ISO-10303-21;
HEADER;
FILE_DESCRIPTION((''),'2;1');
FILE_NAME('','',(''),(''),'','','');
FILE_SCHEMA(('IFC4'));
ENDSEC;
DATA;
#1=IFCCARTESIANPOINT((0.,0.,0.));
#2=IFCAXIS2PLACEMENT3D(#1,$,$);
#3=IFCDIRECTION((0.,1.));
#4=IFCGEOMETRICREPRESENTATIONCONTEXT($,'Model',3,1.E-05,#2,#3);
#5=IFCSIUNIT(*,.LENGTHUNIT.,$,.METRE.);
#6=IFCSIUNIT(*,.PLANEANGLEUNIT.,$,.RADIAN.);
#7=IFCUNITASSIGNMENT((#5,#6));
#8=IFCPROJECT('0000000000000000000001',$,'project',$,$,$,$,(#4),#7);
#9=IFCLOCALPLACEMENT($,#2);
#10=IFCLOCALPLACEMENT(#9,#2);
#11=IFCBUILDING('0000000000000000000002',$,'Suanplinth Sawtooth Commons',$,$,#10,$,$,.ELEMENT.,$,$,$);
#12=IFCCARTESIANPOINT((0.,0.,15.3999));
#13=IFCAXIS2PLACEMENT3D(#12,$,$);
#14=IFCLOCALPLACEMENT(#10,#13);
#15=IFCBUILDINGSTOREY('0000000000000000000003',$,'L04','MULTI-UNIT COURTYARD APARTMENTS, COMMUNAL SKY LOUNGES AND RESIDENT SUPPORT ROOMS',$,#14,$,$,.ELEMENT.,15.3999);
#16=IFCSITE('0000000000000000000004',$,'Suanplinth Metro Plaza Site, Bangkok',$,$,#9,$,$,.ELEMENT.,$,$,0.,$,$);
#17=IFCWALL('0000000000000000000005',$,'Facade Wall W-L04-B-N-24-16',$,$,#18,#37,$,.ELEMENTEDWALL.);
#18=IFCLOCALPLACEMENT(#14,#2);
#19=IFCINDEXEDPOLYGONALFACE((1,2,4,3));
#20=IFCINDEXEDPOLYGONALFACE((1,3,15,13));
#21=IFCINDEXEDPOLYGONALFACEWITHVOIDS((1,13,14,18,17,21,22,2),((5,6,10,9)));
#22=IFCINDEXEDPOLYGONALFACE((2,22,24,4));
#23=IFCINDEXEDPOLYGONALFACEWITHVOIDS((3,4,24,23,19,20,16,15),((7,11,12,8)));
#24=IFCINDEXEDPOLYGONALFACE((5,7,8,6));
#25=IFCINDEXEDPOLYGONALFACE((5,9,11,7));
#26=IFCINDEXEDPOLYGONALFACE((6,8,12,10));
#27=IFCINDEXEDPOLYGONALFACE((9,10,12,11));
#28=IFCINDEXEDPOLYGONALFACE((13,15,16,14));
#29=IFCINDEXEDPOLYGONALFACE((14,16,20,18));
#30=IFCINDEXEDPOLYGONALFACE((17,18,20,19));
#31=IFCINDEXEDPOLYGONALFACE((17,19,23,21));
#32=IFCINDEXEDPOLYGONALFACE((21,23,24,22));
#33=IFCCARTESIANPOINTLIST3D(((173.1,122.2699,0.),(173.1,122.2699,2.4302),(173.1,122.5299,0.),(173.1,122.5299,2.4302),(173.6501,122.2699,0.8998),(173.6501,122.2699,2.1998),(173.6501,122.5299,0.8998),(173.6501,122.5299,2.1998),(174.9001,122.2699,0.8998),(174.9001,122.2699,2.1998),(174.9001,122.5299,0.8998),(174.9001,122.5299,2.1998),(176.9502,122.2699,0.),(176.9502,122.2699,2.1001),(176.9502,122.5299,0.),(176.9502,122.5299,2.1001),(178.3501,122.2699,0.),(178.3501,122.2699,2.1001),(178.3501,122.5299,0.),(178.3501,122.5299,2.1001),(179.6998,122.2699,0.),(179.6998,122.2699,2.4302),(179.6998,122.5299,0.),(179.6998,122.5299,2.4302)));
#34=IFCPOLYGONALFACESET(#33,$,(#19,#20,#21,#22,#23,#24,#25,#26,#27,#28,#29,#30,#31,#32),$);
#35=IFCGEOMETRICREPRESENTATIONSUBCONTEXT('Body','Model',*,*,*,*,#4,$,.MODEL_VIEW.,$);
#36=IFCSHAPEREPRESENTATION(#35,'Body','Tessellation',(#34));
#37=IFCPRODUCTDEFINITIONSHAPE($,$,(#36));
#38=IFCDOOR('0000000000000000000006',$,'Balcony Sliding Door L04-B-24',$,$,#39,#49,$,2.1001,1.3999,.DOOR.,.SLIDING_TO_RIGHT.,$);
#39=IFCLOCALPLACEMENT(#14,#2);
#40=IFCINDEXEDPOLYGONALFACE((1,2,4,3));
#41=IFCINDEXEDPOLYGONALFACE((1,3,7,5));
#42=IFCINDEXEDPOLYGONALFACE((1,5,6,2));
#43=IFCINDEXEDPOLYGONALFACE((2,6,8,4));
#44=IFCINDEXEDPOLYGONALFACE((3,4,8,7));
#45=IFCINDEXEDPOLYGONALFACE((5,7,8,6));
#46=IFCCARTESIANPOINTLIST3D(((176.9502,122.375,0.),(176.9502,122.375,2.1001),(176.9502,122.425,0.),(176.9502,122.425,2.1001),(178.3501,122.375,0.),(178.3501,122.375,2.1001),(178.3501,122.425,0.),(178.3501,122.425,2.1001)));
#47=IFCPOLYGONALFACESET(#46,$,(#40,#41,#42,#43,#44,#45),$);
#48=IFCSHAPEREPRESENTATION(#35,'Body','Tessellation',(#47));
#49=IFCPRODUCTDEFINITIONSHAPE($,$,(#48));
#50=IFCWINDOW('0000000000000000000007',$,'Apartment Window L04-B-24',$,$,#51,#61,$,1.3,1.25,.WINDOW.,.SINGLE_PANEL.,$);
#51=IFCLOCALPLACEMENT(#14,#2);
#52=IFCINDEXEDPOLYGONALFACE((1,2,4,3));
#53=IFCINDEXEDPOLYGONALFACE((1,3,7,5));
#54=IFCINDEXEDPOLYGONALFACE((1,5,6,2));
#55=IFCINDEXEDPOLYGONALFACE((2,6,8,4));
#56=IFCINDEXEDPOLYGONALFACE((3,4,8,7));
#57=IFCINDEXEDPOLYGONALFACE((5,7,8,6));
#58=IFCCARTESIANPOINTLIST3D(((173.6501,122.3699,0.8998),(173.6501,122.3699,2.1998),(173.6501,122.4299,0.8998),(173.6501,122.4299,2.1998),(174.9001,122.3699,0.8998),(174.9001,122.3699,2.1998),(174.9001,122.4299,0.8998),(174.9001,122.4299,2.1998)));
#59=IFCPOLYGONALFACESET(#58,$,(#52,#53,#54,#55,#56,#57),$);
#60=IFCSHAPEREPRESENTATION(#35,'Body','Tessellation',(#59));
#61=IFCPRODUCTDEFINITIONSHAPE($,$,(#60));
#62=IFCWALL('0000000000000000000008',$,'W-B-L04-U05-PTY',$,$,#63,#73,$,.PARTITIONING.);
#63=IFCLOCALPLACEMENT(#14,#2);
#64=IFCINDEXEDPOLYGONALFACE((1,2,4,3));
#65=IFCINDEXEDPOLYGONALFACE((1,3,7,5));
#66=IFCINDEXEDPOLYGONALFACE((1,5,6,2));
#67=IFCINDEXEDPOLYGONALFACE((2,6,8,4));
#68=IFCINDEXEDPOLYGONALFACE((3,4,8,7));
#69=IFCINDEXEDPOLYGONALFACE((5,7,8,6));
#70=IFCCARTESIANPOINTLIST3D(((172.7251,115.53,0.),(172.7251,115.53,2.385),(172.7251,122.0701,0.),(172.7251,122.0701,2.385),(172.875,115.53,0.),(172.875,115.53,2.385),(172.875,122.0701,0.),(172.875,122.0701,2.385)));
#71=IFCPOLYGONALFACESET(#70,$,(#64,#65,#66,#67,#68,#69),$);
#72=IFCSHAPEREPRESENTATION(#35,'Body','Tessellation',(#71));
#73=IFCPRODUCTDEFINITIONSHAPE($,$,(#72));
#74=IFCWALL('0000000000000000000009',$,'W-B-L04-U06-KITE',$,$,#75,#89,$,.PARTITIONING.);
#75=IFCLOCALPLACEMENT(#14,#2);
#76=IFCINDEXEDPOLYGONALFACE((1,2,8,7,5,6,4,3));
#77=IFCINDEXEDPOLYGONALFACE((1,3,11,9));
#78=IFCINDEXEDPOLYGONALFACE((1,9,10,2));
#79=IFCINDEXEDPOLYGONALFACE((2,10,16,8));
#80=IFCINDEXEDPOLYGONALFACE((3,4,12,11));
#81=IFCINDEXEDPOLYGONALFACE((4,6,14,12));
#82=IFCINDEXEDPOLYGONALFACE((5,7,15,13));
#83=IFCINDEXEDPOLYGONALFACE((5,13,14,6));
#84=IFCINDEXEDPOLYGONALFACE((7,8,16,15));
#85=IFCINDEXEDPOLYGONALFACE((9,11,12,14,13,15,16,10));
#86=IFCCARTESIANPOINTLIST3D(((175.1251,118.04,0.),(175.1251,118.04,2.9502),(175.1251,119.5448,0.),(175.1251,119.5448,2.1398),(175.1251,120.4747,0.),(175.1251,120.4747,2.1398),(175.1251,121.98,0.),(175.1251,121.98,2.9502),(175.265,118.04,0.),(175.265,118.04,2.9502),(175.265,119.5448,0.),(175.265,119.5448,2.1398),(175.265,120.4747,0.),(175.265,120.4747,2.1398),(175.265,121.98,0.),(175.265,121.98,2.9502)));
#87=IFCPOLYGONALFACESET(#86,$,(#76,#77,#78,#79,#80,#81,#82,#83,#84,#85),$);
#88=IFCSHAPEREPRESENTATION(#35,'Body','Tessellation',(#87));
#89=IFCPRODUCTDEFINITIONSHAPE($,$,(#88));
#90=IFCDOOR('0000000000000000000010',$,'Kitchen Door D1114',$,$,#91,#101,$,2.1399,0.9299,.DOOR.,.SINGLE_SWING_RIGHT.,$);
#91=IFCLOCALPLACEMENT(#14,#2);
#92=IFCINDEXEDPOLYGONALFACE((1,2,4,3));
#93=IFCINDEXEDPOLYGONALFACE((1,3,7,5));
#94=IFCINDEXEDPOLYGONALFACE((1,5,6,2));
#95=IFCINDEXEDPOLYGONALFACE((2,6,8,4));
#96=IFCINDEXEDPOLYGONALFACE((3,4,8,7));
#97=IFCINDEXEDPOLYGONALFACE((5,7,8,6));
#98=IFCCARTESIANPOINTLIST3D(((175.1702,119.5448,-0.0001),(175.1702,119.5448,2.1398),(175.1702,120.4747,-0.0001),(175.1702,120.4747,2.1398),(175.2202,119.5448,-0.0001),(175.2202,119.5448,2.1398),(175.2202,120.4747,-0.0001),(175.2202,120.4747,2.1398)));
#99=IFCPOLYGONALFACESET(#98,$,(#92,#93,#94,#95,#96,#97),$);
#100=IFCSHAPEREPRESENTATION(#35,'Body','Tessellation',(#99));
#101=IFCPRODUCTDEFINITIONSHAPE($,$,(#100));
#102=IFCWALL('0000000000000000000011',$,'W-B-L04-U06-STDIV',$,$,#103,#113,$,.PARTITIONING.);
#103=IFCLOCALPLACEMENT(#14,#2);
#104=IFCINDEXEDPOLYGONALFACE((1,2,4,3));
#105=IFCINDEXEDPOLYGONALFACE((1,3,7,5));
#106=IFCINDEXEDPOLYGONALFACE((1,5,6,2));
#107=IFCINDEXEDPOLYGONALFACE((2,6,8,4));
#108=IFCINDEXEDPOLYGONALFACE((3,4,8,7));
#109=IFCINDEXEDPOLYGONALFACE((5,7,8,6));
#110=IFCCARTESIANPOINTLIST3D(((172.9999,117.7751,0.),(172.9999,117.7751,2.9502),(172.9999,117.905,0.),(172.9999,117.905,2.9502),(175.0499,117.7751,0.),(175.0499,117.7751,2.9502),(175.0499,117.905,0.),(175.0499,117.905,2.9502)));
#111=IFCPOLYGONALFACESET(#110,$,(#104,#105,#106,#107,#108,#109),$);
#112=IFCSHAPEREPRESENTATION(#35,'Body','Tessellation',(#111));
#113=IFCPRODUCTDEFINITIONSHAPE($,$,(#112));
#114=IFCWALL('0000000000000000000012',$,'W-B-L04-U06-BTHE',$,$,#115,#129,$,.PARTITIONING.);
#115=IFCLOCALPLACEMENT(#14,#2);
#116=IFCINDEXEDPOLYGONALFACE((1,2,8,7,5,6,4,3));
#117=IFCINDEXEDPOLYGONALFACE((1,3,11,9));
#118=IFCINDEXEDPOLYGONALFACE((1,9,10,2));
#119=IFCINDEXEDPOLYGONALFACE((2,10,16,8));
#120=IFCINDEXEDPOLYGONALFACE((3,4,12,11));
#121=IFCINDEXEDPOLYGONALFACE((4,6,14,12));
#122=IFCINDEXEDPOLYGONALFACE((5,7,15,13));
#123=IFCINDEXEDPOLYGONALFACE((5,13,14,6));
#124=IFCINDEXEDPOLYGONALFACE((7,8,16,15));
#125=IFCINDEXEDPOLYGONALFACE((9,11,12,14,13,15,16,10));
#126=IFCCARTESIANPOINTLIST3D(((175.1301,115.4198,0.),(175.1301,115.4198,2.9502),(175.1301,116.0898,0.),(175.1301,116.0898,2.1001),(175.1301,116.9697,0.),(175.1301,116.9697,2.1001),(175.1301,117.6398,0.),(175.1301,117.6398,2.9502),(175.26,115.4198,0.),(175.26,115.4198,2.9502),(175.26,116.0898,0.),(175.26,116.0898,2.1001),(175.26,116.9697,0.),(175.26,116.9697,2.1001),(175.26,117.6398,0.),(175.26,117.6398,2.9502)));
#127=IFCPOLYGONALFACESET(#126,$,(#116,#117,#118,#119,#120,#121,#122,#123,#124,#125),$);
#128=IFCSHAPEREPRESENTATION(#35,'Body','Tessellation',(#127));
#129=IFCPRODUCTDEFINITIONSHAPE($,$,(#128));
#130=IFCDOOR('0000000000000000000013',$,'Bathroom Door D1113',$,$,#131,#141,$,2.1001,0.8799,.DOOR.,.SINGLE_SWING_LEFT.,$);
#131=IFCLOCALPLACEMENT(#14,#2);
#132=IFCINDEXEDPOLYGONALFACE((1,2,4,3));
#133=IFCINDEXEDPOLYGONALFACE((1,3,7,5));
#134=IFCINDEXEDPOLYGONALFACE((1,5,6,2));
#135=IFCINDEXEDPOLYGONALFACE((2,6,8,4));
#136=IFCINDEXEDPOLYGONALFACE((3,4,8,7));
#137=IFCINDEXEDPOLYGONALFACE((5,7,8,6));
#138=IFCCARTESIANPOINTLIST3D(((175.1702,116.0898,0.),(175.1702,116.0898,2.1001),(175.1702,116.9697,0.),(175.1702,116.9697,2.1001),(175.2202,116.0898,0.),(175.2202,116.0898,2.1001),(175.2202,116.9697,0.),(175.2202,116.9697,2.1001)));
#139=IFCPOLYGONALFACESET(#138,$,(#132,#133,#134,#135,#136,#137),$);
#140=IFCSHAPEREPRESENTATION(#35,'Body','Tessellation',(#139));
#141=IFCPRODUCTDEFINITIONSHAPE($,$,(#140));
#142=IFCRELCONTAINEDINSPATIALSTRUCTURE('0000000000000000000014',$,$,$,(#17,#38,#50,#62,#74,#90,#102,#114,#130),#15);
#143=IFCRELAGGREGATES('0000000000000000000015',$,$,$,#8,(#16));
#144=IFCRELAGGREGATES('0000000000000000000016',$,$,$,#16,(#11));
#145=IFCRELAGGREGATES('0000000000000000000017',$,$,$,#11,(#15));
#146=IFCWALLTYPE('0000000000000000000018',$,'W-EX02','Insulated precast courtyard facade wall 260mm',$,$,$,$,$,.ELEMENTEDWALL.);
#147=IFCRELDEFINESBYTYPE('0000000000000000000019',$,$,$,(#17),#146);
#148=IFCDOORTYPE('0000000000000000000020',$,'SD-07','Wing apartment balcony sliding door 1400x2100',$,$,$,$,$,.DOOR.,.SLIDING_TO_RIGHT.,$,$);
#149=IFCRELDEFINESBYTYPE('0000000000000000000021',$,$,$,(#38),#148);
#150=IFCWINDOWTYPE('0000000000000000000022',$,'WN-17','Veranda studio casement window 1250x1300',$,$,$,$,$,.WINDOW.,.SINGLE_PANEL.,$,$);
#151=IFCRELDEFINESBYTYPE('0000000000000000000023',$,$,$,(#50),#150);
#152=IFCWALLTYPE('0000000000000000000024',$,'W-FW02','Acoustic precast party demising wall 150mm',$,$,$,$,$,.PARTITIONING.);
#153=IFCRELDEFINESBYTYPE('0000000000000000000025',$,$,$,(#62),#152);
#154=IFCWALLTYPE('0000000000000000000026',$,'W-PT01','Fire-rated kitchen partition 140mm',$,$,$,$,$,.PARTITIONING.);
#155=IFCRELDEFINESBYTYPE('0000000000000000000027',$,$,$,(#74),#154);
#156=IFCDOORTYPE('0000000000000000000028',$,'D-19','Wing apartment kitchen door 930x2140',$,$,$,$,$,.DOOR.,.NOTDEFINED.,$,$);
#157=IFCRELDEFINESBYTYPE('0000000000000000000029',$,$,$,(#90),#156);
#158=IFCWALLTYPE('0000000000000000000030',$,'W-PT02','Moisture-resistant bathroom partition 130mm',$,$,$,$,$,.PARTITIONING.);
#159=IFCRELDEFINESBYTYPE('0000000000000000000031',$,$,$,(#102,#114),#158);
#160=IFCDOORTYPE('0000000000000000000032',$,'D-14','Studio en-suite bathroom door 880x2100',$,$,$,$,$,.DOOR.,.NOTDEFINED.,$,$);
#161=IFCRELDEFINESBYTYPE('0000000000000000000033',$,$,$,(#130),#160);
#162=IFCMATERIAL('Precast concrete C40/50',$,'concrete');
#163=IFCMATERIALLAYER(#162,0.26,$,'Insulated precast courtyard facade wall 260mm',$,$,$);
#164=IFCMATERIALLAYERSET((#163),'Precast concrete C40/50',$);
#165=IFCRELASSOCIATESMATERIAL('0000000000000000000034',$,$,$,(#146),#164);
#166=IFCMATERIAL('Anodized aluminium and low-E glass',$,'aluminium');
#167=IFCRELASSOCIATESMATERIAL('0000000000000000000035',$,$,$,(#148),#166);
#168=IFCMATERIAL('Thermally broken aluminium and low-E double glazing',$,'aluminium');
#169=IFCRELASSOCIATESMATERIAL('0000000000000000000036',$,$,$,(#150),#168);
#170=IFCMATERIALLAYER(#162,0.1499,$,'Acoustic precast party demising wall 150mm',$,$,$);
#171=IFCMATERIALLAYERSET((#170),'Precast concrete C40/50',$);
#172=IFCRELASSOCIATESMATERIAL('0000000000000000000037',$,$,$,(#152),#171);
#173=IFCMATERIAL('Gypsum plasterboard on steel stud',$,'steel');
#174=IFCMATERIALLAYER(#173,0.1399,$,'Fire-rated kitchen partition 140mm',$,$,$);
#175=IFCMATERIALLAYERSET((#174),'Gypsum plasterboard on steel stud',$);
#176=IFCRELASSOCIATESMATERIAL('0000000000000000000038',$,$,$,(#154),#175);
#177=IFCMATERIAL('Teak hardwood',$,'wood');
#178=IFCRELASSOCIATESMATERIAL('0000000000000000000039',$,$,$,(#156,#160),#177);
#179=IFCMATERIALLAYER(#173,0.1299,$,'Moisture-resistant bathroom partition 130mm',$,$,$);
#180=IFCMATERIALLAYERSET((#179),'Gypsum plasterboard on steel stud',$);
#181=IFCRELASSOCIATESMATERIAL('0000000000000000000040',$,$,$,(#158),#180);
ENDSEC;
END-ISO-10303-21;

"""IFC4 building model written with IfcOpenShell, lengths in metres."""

from ifc_helpers import new_model, si_unit, direction, frame, frame_2d, origin, place, context, subcontext, project, spatial, rectangle, extrude, material, layer, layer_set, type_object, element, fill, save


model = new_model("IFC4")

# Units and contexts
model_context = context("Model", 3, precision=1e-05, world=origin(), true_north=direction((0.0, 1.0)))
body_context = subcontext(model_context, "Body", "Model", "MODEL_VIEW")
ifc_project = project(units=[si_unit("LENGTHUNIT", "METRE"), si_unit("PLANEANGLEUNIT", "RADIAN")], contexts=[model_context])

# Site, building, storey
site_placement = place(None, origin())
site = spatial("IfcSite", under=ifc_project, at=site_placement, Name="Suanplinth Metro Plaza Site, Bangkok", CompositionType="ELEMENT", RefElevation=0.0)
building_placement = place(site_placement, origin())
building = spatial("IfcBuilding", under=site, at=building_placement, Name="Suanplinth Sawtooth Commons", CompositionType="ELEMENT")
storey_placement = place(building_placement, frame((0.0, 0.0, 15.3999)))
storey = spatial("IfcBuildingStorey", under=building, at=storey_placement, Name="L04", Description="MULTI-UNIT COURTYARD APARTMENTS, COMMUNAL SKY LOUNGES AND RESIDENT SUPPORT ROOMS", CompositionType="ELEMENT", Elevation=15.3999)

# Shared definitions
ifc_material_1 = material(Name="Precast concrete C40/50", Category="concrete")

# Wall, openings, door, window
ifc_layer_1 = layer(ifc_material_1, 0.26, Name="Insulated precast courtyard facade wall 260mm")
ifc_layer_set_1 = layer_set([ifc_layer_1], Name="Precast concrete C40/50")
wall_type_1 = type_object("IfcWallType", Name="W-EX02", Description="Insulated precast courtyard facade wall 260mm", PredefinedType="ELEMENTEDWALL", material=ifc_layer_set_1)
wall_1_placement = place(storey_placement, frame((173.1001, 122.3999, 0.0), z_axis=(0.0, 0.0, 1.0), x_axis=(1.0, 0.0, 0.0)))
wall_1 = element("IfcWall", 1, at=wall_1_placement, inside=storey, type_object=wall_type_1, Name="Facade Wall W-L04-B-N-24-16", PredefinedType="ELEMENTEDWALL", context=body_context, shape_type="SweptSolid", body=[
    extrude(rectangle(XDim=6.5999, YDim=0.26, at=frame_2d((3.2998, 0.0))), origin(), (0.0, 0.0, 1.0), 2.4302),
])
opening_1_placement = place(wall_1_placement, frame((3.8501, 0.0, 0.0)))
opening_1 = element("IfcOpeningElement", 2, at=opening_1_placement, cuts=wall_1, PredefinedType="OPENING", context=body_context, shape_type="SweptSolid", body=[
    extrude(rectangle(XDim=1.3999, YDim=2.1001, at=frame_2d((0.7, 1.05))), frame((0.0, 0.145, 0.0), z_axis=(0.0, -1.0, 0.0), x_axis=(1.0, 0.0, 0.0)), (0.0, 0.0, 1.0), 0.2898),
])
opening_2_placement = place(wall_1_placement, frame((0.55, 0.0, 0.8999)))
opening_2 = element("IfcOpeningElement", 3, at=opening_2_placement, cuts=wall_1, PredefinedType="OPENING", context=body_context, shape_type="SweptSolid", body=[
    extrude(rectangle(XDim=1.25, YDim=1.3, at=frame_2d((0.625, 0.6499))), frame((0.0, 0.145, 0.0), z_axis=(0.0, -1.0, 0.0), x_axis=(1.0, 0.0, 0.0)), (0.0, 0.0, 1.0), 0.2898),
])
ifc_material_2 = material(Name="Anodized aluminium and low-E glass", Category="aluminium")
door_type_1 = type_object("IfcDoorType", Name="SD-07", Description="Wing apartment balcony sliding door 1400x2100", OperationType="SLIDING_TO_RIGHT", PredefinedType="DOOR", material=ifc_material_2)
door_1_placement = place(opening_1_placement, frame((1.3999, 0.0, 0.0), z_axis=(0.0, 0.0, 1.0), x_axis=(-1.0, 0.0, 0.0)))
door_1 = element("IfcDoor", 4, at=door_1_placement, inside=storey, type_object=door_type_1, Name="Balcony Sliding Door L04-B-24", OperationType="SLIDING_TO_RIGHT", OverallHeight=2.1001, OverallWidth=1.3999, PredefinedType="DOOR", context=body_context, shape_type="SweptSolid", body=[
    extrude(rectangle(XDim=1.3999, YDim=2.1001, at=frame_2d((0.7, 1.05))), frame((0.0, 0.0249, 0.0), z_axis=(0.0, -1.0, 0.0), x_axis=(1.0, 0.0, 0.0)), (0.0, 0.0, 1.0), 0.05),
])
fill(opening_1, door_1)
ifc_material_3 = material(Name="Thermally broken aluminium and low-E double glazing", Category="aluminium")
window_type = type_object("IfcWindowType", Name="WN-17", Description="Veranda studio casement window 1250x1300", PartitioningType="SINGLE_PANEL", PredefinedType="WINDOW", material=ifc_material_3)
window_placement = place(opening_2_placement, origin())
window = element("IfcWindow", 5, at=window_placement, inside=storey, type_object=window_type, Name="Apartment Window L04-B-24", OverallHeight=1.3, OverallWidth=1.25, PartitioningType="SINGLE_PANEL", PredefinedType="WINDOW", context=body_context, shape_type="SweptSolid", body=[
    extrude(rectangle(XDim=1.25, YDim=1.3, at=frame_2d((0.625, 0.6499))), frame((0.0, 0.03, 0.0), z_axis=(0.0, -1.0, 0.0), x_axis=(1.0, 0.0, 0.0)), (0.0, 0.0, 1.0), 0.0601),
])
fill(opening_2, window)

# Wall
ifc_layer_2 = layer(ifc_material_1, 0.1499, Name="Acoustic precast party demising wall 150mm")
ifc_layer_set_2 = layer_set([ifc_layer_2], Name="Precast concrete C40/50")
wall_type_2 = type_object("IfcWallType", Name="W-FW02", Description="Acoustic precast party demising wall 150mm", PredefinedType="PARTITIONING", material=ifc_layer_set_2)
wall_2_placement = place(storey_placement, frame((172.8, 115.53, 0.0), z_axis=(0.0, 0.0, 1.0), x_axis=(0.0, 1.0, 0.0)))
element("IfcWall", 6, at=wall_2_placement, inside=storey, type_object=wall_type_2, Name="W-B-L04-U05-PTY", PredefinedType="PARTITIONING", context=body_context, shape_type="SweptSolid", body=[
    extrude(rectangle(XDim=6.54, YDim=0.1499, at=frame_2d((3.27, 0.0))), origin(), (0.0, 0.0, 1.0), 2.385),
])

# Wall, opening, door
ifc_material_4 = material(Name="Gypsum plasterboard on steel stud", Category="steel")
ifc_layer_3 = layer(ifc_material_4, 0.1399, Name="Fire-rated kitchen partition 140mm")
ifc_layer_set_3 = layer_set([ifc_layer_3], Name="Gypsum plasterboard on steel stud")
wall_type_3 = type_object("IfcWallType", Name="W-PT01", Description="Fire-rated kitchen partition 140mm", PredefinedType="PARTITIONING", material=ifc_layer_set_3)
wall_3_placement = place(storey_placement, frame((175.1951, 118.04, 0.0), z_axis=(0.0, 0.0, 1.0), x_axis=(0.0, 1.0, 0.0)))
wall_3 = element("IfcWall", 7, at=wall_3_placement, inside=storey, type_object=wall_type_3, Name="W-B-L04-U06-KITE", PredefinedType="PARTITIONING", context=body_context, shape_type="SweptSolid", body=[
    extrude(rectangle(XDim=3.9399, YDim=0.1399, at=frame_2d((1.97, 0.0))), origin(), (0.0, 0.0, 1.0), 2.9502),
])
opening_3_placement = place(wall_3_placement, frame((1.5049, 0.0, 0.0)))
opening_3 = element("IfcOpeningElement", 8, at=opening_3_placement, cuts=wall_3, PredefinedType="OPENING", context=body_context, shape_type="SweptSolid", body=[
    extrude(rectangle(XDim=0.9299, YDim=2.1399, at=frame_2d((0.4648, 1.0698))), frame((0.0, 0.085, 0.0), z_axis=(0.0, -1.0, 0.0), x_axis=(1.0, 0.0, 0.0)), (0.0, 0.0, 1.0), 0.1697),
])
ifc_material_5 = material(Name="Teak hardwood", Category="wood")
door_type_2 = type_object("IfcDoorType", Name="D-19", Description="Wing apartment kitchen door 930x2140", OperationType="NOTDEFINED", PredefinedType="DOOR", material=ifc_material_5)
door_2_placement = place(opening_3_placement, origin())
door_2 = element("IfcDoor", 9, at=door_2_placement, inside=storey, type_object=door_type_2, Name="Kitchen Door D1114", OperationType="SINGLE_SWING_RIGHT", OverallHeight=2.1399, OverallWidth=0.9299, PredefinedType="DOOR", context=body_context, shape_type="SweptSolid", body=[
    extrude(rectangle(XDim=0.9299, YDim=2.1399, at=frame_2d((0.4648, 1.0698))), frame((0.0, 0.0249, 0.0), z_axis=(0.0, -1.0, 0.0), x_axis=(1.0, 0.0, 0.0)), (0.0, 0.0, 1.0), 0.05),
])
fill(opening_3, door_2)

# Wall
ifc_layer_4 = layer(ifc_material_4, 0.1299, Name="Moisture-resistant bathroom partition 130mm")
ifc_layer_set_4 = layer_set([ifc_layer_4], Name="Gypsum plasterboard on steel stud")
wall_type_4 = type_object("IfcWallType", Name="W-PT02", Description="Moisture-resistant bathroom partition 130mm", PredefinedType="PARTITIONING", material=ifc_layer_set_4)
wall_4_placement = place(storey_placement, frame((173.0, 117.8401, 0.0), z_axis=(0.0, 0.0, 1.0), x_axis=(1.0, 0.0, 0.0)))
element("IfcWall", 10, at=wall_4_placement, inside=storey, type_object=wall_type_4, Name="W-B-L04-U06-STDIV", PredefinedType="PARTITIONING", context=body_context, shape_type="SweptSolid", body=[
    extrude(rectangle(XDim=2.05, YDim=0.1299, at=frame_2d((1.0249, 0.0))), origin(), (0.0, 0.0, 1.0), 2.9502),
])

# Wall, opening, door
wall_5_placement = place(storey_placement, frame((175.1951, 115.4199, 0.0), z_axis=(0.0, 0.0, 1.0), x_axis=(0.0, 1.0, 0.0)))
wall_5 = element("IfcWall", 11, at=wall_5_placement, inside=storey, type_object=wall_type_4, Name="W-B-L04-U06-BTHE", PredefinedType="PARTITIONING", context=body_context, shape_type="SweptSolid", body=[
    extrude(rectangle(XDim=2.22, YDim=0.1299, at=frame_2d((1.1099, 0.0))), origin(), (0.0, 0.0, 1.0), 2.9502),
])
opening_4_placement = place(wall_5_placement, frame((0.6699, 0.0, 0.0)))
opening_4 = element("IfcOpeningElement", 12, at=opening_4_placement, cuts=wall_5, PredefinedType="OPENING", context=body_context, shape_type="SweptSolid", body=[
    extrude(rectangle(XDim=0.8799, YDim=2.1001, at=frame_2d((0.4399, 1.05))), frame((0.0, 0.0798, 0.0), z_axis=(0.0, -1.0, 0.0), x_axis=(1.0, 0.0, 0.0)), (0.0, 0.0, 1.0), 0.1597),
])
door_type_3 = type_object("IfcDoorType", Name="D-14", Description="Studio en-suite bathroom door 880x2100", OperationType="NOTDEFINED", PredefinedType="DOOR", material=ifc_material_5)
door_3_placement = place(opening_4_placement, origin())
door_3 = element("IfcDoor", 13, at=door_3_placement, inside=storey, type_object=door_type_3, Name="Bathroom Door D1113", OperationType="SINGLE_SWING_LEFT", OverallHeight=2.1001, OverallWidth=0.8799, PredefinedType="DOOR", context=body_context, shape_type="SweptSolid", body=[
    extrude(rectangle(XDim=0.8799, YDim=2.1001, at=frame_2d((0.4399, 1.05))), frame((0.0, 0.0249, 0.0), z_axis=(0.0, -1.0, 0.0), x_axis=(1.0, 0.0, 0.0)), (0.0, 0.0, 1.0), 0.05),
])
fill(opening_4, door_3)

save(model, "model.ifc")
